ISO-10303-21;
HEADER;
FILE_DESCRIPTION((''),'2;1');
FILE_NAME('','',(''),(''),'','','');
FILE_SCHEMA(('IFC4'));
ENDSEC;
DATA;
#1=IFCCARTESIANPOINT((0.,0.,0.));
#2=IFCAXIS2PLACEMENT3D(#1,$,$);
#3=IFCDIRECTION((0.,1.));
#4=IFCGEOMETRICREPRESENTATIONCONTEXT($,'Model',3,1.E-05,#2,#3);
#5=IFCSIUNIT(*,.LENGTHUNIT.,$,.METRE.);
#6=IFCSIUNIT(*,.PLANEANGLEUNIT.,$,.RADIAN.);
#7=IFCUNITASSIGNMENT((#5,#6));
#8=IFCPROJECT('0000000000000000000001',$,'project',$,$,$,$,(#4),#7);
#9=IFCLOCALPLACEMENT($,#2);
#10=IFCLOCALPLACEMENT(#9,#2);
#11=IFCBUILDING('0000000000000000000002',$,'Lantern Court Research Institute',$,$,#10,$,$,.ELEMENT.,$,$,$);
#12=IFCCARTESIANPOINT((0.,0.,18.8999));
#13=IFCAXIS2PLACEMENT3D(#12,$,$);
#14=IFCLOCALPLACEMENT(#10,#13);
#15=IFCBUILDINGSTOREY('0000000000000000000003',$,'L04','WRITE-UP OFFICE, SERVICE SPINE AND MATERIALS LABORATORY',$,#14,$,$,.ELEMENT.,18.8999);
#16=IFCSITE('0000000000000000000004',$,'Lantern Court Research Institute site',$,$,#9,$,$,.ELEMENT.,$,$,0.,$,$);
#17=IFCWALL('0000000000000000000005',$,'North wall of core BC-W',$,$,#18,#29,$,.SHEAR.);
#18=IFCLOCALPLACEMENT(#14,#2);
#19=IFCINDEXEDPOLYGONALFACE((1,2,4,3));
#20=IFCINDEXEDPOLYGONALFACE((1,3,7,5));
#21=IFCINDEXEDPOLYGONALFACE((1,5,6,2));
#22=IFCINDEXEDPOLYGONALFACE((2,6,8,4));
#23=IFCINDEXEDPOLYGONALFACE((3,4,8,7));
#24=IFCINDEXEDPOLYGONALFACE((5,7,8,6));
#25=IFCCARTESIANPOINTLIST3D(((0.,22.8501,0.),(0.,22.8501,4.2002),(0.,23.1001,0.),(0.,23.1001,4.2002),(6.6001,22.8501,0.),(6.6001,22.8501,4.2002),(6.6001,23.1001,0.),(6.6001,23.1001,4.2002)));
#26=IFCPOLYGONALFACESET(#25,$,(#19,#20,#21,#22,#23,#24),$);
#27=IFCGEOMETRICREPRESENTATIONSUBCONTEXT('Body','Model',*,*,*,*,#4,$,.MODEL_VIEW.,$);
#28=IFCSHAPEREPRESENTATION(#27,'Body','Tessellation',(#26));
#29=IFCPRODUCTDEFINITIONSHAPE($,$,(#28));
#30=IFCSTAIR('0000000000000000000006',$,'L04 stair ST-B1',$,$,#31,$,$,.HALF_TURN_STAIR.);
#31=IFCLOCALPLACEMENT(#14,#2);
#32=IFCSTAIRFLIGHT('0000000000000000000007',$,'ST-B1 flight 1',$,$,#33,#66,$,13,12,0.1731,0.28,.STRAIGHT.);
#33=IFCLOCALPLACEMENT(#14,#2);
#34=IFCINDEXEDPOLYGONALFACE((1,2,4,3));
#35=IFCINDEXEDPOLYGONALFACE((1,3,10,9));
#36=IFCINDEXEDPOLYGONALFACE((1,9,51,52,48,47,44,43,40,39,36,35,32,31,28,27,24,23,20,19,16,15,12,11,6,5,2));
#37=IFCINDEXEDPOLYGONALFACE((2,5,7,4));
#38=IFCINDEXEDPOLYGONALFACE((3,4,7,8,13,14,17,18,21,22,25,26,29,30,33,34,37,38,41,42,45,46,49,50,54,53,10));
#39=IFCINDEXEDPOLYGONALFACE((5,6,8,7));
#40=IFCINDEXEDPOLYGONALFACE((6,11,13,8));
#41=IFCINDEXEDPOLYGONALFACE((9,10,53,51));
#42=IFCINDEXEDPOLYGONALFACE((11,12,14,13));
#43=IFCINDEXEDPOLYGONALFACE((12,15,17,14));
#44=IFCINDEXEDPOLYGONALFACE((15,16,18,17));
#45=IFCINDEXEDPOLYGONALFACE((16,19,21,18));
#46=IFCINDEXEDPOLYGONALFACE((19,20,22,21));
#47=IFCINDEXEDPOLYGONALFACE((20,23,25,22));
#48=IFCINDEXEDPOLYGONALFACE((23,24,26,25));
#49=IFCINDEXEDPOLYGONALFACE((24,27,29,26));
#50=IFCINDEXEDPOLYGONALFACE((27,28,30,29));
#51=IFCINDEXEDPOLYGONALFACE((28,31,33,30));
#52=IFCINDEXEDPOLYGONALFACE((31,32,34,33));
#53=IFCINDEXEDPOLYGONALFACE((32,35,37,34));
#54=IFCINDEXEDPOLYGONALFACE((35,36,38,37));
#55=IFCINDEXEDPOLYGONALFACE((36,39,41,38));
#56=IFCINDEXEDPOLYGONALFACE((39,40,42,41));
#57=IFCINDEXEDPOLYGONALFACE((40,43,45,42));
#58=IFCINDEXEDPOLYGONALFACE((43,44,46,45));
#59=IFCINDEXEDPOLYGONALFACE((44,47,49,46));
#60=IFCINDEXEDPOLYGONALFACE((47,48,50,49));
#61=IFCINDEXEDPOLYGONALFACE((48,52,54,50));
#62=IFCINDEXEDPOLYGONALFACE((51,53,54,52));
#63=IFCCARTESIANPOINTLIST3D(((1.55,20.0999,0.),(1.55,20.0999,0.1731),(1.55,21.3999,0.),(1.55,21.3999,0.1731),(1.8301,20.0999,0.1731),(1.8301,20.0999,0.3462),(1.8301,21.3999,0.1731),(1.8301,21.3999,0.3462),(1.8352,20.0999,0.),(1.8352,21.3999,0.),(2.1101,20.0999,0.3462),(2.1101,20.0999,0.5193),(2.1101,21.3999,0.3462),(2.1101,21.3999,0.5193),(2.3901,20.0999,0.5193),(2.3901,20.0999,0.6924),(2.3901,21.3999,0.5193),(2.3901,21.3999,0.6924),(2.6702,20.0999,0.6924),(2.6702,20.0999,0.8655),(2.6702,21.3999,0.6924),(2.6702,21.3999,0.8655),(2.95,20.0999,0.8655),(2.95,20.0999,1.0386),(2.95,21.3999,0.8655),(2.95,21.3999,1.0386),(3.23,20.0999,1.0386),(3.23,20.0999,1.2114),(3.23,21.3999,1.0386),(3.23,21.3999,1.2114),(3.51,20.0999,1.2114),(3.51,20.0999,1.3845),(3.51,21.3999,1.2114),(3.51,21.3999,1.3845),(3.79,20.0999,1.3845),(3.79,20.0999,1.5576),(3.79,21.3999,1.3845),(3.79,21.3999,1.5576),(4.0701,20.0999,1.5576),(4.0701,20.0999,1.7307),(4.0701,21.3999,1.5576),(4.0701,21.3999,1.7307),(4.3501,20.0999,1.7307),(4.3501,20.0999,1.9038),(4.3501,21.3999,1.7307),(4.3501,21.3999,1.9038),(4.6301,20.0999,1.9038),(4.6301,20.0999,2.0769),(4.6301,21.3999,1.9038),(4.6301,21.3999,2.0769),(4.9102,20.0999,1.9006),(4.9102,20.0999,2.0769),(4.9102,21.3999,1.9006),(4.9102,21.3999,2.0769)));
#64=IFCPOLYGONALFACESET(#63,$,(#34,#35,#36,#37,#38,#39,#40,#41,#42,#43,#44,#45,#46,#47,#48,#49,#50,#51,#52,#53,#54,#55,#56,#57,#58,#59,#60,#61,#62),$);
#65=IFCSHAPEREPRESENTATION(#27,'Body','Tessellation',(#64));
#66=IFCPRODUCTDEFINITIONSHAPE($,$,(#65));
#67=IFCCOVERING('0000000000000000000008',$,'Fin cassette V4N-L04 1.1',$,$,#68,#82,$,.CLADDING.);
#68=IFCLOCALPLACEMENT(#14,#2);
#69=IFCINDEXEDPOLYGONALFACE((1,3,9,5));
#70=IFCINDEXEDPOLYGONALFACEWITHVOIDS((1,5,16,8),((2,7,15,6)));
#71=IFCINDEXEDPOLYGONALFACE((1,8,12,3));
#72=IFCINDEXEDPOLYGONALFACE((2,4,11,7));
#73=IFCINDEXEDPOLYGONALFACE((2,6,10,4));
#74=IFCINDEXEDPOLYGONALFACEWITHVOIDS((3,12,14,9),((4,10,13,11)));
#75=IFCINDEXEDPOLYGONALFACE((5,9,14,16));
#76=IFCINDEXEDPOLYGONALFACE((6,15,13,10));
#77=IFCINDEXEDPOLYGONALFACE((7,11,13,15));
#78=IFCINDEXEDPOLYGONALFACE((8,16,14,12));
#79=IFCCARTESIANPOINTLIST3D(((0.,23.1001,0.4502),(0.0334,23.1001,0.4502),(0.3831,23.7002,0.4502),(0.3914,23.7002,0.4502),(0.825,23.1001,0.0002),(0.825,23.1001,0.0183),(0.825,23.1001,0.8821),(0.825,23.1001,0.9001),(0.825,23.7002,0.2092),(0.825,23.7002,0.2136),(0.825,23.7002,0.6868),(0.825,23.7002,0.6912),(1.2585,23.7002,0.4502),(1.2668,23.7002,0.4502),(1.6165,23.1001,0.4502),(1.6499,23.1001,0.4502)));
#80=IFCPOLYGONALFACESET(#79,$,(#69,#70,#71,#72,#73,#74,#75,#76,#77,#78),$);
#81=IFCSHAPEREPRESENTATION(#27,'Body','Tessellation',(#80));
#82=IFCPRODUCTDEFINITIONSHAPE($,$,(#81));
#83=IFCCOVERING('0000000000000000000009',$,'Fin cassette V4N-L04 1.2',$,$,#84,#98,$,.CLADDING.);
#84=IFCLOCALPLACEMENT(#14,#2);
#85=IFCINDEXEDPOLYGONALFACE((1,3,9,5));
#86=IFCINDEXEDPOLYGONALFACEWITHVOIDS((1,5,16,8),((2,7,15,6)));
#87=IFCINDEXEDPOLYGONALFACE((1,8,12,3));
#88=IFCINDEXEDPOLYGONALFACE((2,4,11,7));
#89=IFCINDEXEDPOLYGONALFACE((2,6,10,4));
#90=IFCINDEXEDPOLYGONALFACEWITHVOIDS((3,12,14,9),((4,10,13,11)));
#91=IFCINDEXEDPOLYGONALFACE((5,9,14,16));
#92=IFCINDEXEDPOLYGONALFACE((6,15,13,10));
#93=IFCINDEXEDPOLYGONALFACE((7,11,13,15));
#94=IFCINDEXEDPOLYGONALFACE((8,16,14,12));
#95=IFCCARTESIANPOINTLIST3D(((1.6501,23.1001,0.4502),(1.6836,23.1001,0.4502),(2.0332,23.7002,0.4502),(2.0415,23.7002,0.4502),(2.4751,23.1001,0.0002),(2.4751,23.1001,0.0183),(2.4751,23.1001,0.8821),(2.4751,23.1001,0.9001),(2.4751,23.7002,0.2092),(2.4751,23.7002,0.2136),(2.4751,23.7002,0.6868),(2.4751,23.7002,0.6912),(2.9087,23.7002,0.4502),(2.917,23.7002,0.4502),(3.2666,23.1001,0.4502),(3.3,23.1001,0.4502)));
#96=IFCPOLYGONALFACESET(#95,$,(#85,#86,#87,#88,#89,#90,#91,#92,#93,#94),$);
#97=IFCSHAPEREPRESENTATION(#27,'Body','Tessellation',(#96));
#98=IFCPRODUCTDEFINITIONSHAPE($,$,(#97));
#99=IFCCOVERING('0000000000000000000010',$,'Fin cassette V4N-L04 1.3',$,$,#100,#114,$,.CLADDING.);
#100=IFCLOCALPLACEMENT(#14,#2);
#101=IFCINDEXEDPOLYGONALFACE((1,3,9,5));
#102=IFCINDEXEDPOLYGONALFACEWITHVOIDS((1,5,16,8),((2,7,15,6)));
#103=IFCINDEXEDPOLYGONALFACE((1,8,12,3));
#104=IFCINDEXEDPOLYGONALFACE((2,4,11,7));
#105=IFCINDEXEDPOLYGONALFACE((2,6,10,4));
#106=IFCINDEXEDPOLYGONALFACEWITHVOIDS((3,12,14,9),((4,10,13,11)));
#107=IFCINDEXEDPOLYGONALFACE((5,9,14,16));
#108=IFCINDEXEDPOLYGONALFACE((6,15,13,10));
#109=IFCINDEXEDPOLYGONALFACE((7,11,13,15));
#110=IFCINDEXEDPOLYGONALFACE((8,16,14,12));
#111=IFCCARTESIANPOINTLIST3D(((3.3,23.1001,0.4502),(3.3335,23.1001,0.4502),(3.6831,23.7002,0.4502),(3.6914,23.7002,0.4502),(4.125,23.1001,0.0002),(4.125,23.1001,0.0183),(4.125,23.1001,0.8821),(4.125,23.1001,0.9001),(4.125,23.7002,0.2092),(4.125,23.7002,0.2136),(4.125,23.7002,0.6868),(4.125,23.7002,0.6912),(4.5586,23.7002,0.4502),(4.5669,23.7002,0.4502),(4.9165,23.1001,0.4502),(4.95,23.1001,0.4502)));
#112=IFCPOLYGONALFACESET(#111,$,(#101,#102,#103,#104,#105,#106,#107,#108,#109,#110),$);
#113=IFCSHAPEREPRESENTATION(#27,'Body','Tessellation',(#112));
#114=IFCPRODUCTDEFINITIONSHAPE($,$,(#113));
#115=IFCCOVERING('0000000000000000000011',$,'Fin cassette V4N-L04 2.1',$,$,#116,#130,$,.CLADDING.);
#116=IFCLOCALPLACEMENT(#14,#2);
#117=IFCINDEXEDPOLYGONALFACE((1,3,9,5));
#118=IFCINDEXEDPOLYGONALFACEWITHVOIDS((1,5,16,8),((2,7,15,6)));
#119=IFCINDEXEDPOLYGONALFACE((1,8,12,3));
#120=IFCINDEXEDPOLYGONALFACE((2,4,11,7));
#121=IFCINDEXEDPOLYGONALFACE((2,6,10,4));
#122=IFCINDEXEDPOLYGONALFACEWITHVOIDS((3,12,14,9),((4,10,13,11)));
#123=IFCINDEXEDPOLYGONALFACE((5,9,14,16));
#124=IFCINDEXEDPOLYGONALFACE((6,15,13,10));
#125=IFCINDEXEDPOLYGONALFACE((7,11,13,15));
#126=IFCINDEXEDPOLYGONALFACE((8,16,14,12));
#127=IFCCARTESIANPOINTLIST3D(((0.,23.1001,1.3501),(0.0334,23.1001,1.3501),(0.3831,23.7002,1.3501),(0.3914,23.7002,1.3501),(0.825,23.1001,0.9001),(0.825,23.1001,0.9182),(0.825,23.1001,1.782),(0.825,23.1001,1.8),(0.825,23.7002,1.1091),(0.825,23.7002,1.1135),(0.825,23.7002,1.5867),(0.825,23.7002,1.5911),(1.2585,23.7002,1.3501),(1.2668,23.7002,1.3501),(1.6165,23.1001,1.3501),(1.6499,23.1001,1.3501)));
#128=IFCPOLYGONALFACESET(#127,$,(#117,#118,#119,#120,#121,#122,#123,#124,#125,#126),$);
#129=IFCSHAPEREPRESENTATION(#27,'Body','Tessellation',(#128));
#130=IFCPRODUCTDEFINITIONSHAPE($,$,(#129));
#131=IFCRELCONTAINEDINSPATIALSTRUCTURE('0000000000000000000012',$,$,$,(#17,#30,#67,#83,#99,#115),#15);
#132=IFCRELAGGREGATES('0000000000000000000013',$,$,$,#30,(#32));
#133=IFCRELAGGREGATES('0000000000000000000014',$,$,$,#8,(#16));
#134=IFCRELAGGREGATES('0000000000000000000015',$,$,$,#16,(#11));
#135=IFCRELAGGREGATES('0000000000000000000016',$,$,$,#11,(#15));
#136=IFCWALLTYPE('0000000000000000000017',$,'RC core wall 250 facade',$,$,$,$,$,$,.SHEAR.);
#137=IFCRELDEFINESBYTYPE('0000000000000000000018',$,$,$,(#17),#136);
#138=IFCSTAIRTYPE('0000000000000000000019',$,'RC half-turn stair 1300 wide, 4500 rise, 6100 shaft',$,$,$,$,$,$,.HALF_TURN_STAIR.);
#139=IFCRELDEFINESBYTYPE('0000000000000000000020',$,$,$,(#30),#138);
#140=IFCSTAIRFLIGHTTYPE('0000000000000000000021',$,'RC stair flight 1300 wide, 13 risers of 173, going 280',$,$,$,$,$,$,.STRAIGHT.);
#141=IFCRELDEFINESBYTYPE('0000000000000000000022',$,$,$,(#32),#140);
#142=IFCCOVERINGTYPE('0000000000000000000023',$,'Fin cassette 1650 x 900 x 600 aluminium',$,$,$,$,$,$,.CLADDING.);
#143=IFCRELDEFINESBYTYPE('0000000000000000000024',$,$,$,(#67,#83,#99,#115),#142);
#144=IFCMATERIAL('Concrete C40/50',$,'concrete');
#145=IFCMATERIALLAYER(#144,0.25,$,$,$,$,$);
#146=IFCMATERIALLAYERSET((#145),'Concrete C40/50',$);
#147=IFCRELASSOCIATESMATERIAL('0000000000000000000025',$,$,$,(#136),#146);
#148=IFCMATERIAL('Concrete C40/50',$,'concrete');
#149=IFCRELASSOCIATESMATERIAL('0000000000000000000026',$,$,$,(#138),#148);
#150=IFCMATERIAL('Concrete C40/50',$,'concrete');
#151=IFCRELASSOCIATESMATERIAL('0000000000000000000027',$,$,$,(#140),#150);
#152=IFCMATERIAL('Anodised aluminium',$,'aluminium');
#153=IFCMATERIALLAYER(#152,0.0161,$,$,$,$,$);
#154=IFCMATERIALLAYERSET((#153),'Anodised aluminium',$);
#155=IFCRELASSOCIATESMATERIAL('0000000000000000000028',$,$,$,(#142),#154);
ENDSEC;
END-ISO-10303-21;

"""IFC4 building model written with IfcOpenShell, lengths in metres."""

from ifc_helpers import new_model, entity, si_unit, direction, frame, frame_2d, origin, place, context, subcontext, project, spatial, polyline, rectangle, outline, extrude, material, layer, layer_set, type_object, element, aggregate, save


model = new_model("IFC4")

# Units and contexts
model_context = context("Model", 3, precision=1e-05, world=origin(), true_north=direction((0.0, 1.0)))
body_context = subcontext(model_context, "Body", "Model", "MODEL_VIEW")
ifc_project = project(units=[si_unit("LENGTHUNIT", "METRE"), si_unit("PLANEANGLEUNIT", "RADIAN")], contexts=[model_context])

# Site, building, storey
site_placement = place(None, origin())
site = spatial("IfcSite", under=ifc_project, at=site_placement, Name="Lantern Court Research Institute site", CompositionType="ELEMENT", RefElevation=0.0)
building_placement = place(site_placement, origin())
building = spatial("IfcBuilding", under=site, at=building_placement, Name="Lantern Court Research Institute", CompositionType="ELEMENT")
storey_placement = place(building_placement, frame((0.0, 0.0, 18.8999)))
storey = spatial("IfcBuildingStorey", under=building, at=storey_placement, Name="L04", Description="WRITE-UP OFFICE, SERVICE SPINE AND MATERIALS LABORATORY", CompositionType="ELEMENT", Elevation=18.8999)

# Wall
ifc_material_1 = material(Name="Concrete C40/50", Category="concrete")
ifc_layer_1 = layer(ifc_material_1, 0.25)
ifc_layer_set_1 = layer_set([ifc_layer_1], Name="Concrete C40/50")
wall_type = type_object("IfcWallType", Name="RC core wall 250 facade", PredefinedType="SHEAR", material=ifc_layer_set_1)
wall_placement = place(storey_placement, frame((0.0, 22.9751, 0.0), z_axis=(0.0, 0.0, 1.0), x_axis=(1.0, 0.0, 0.0)))
element("IfcWall", 1, at=wall_placement, inside=storey, type_object=wall_type, Name="North wall of core BC-W", PredefinedType="SHEAR", context=body_context, shape_type="SweptSolid", body=[
    extrude(rectangle(XDim=6.6001, YDim=0.25, at=frame_2d((3.3, 0.0))), origin(), (0.0, 0.0, 1.0), 4.2002),
])

# Stair, stair flight
ifc_material_2 = material(Name="Concrete C40/50", Category="concrete")
stair_type = type_object("IfcStairType", Name="RC half-turn stair 1300 wide, 4500 rise, 6100 shaft", PredefinedType="HALF_TURN_STAIR", material=ifc_material_2)
stair_placement = place(storey_placement, origin())
stair = element("IfcStair", 2, at=stair_placement, inside=storey, type_object=stair_type, Name="L04 stair ST-B1", PredefinedType="HALF_TURN_STAIR")
ifc_material_3 = material(Name="Concrete C40/50", Category="concrete")
stair_flight_type = type_object("IfcStairFlightType", Name="RC stair flight 1300 wide, 13 risers of 173, going 280", PredefinedType="STRAIGHT", material=ifc_material_3)
stair_flight_placement = place(storey_placement, frame((1.55, 20.75, 0.0), z_axis=(0.0, 0.0, 1.0), x_axis=(1.0, 0.0, 0.0)))
stair_flight = element("IfcStairFlight", 3, at=stair_flight_placement, type_object=stair_flight_type, Name="ST-B1 flight 1", NumberOfRisers=13, NumberOfTreads=12, PredefinedType="STRAIGHT", RiserHeight=0.1731, TreadLength=0.28, context=body_context, shape_type="SweptSolid", body=[
    extrude(outline(polyline([(0.0, 0.0), (0.0, 0.1731), (0.28, 0.1731), (0.28, 0.3462), (0.5601, 0.3462), (0.5601, 0.5193), (0.8401, 0.5193), (0.8401, 0.6924), (1.1201, 0.6924), (1.1201, 0.8655), (1.3999, 0.8655), (1.3999, 1.0386), (1.6799, 1.0386), (1.6799, 1.2114), (1.96, 1.2114), (1.96, 1.3845), (2.24, 1.3845), (2.24, 1.5576), (2.52, 1.5576), (2.52, 1.7307), (2.8, 1.7307), (2.8, 1.9038), (3.0801, 1.9038), (3.0801, 2.0769), (3.3601, 2.0769), (3.3601, 2.25), (3.3601, 1.9006), (0.2852, 0.0), (0.0, 0.0)])), frame((0.0, 0.6499, 0.0), z_axis=(0.0, -1.0, 0.0), x_axis=(1.0, 0.0, 0.0)), (0.0, 0.0, 1.0), 1.3),
])
aggregate(stair, [stair_flight])

# Coverings
ifc_material_4 = material(Name="Anodised aluminium", Category="aluminium")
ifc_layer_2 = layer(ifc_material_4, 0.0161)
ifc_layer_set_2 = layer_set([ifc_layer_2], Name="Anodised aluminium")
covering_type = type_object("IfcCoveringType", Name="Fin cassette 1650 x 900 x 600 aluminium", PredefinedType="CLADDING", material=ifc_layer_set_2)
covering_1_placement = place(storey_placement, frame((0.825, 23.1001, 0.4502), z_axis=(0.0, 1.0, 0.0), x_axis=(-1.0, 0.0, 0.0)))
cartesian_point_1 = entity("IfcCartesianPoint", [0.825, 0.0])
cartesian_point_2 = entity("IfcCartesianPoint", [0.7915, 0.0])
cartesian_point_3 = entity("IfcCartesianPoint", [0.4419, 0.0])
cartesian_point_4 = entity("IfcCartesianPoint", [0.4336, 0.0])
element("IfcCovering", 4, at=covering_1_placement, inside=storey, type_object=covering_type, Name="Fin cassette V4N-L04 1.1", PredefinedType="CLADDING", context=body_context, shape_type="SweptSolid", body=[
    entity("IfcExtrudedAreaSolidTapered", entity("IfcArbitraryProfileDefWithVoids", "AREA", None, entity("IfcPolyline", [cartesian_point_1, entity("IfcCartesianPoint", [0.0, 0.45]), entity("IfcCartesianPoint", [-0.825, 0.0]), entity("IfcCartesianPoint", [0.0, -0.45]), cartesian_point_1]), [entity("IfcPolyline", [cartesian_point_2, entity("IfcCartesianPoint", [0.0, 0.4319]), entity("IfcCartesianPoint", [-0.7915, 0.0]), entity("IfcCartesianPoint", [0.0, -0.4319]), cartesian_point_2])]), entity("IfcAxis2Placement3D", entity("IfcCartesianPoint", [0.0, 0.0, 0.0])), entity("IfcDirection", [0.0, 0.0, 1.0]), 0.6001, entity("IfcArbitraryProfileDefWithVoids", "AREA", None, entity("IfcPolyline", [cartesian_point_3, entity("IfcCartesianPoint", [0.0, 0.241]), entity("IfcCartesianPoint", [-0.4419, 0.0]), entity("IfcCartesianPoint", [0.0, -0.241]), cartesian_point_3]), [entity("IfcPolyline", [cartesian_point_4, entity("IfcCartesianPoint", [0.0, 0.2366]), entity("IfcCartesianPoint", [-0.4336, 0.0]), entity("IfcCartesianPoint", [0.0, -0.2366]), cartesian_point_4])])),
])
covering_2_placement = place(storey_placement, frame((2.4751, 23.1001, 0.4502), z_axis=(0.0, 1.0, 0.0), x_axis=(-1.0, 0.0, 0.0)))
cartesian_point_5 = entity("IfcCartesianPoint", [0.825, 0.0])
cartesian_point_6 = entity("IfcCartesianPoint", [0.7915, 0.0])
cartesian_point_7 = entity("IfcCartesianPoint", [0.4419, 0.0])
cartesian_point_8 = entity("IfcCartesianPoint", [0.4336, 0.0])
element("IfcCovering", 5, at=covering_2_placement, inside=storey, type_object=covering_type, Name="Fin cassette V4N-L04 1.2", PredefinedType="CLADDING", context=body_context, shape_type="SweptSolid", body=[
    entity("IfcExtrudedAreaSolidTapered", entity("IfcArbitraryProfileDefWithVoids", "AREA", None, entity("IfcPolyline", [cartesian_point_5, entity("IfcCartesianPoint", [0.0, 0.45]), entity("IfcCartesianPoint", [-0.825, 0.0]), entity("IfcCartesianPoint", [0.0, -0.45]), cartesian_point_5]), [entity("IfcPolyline", [cartesian_point_6, entity("IfcCartesianPoint", [0.0, 0.4319]), entity("IfcCartesianPoint", [-0.7915, 0.0]), entity("IfcCartesianPoint", [0.0, -0.4319]), cartesian_point_6])]), entity("IfcAxis2Placement3D", entity("IfcCartesianPoint", [0.0, 0.0, 0.0])), entity("IfcDirection", [0.0, 0.0, 1.0]), 0.6001, entity("IfcArbitraryProfileDefWithVoids", "AREA", None, entity("IfcPolyline", [cartesian_point_7, entity("IfcCartesianPoint", [0.0, 0.241]), entity("IfcCartesianPoint", [-0.4419, 0.0]), entity("IfcCartesianPoint", [0.0, -0.241]), cartesian_point_7]), [entity("IfcPolyline", [cartesian_point_8, entity("IfcCartesianPoint", [0.0, 0.2366]), entity("IfcCartesianPoint", [-0.4336, 0.0]), entity("IfcCartesianPoint", [0.0, -0.2366]), cartesian_point_8])])),
])
covering_3_placement = place(storey_placement, frame((4.125, 23.1001, 0.4502), z_axis=(0.0, 1.0, 0.0), x_axis=(-1.0, 0.0, 0.0)))
cartesian_point_9 = entity("IfcCartesianPoint", [0.825, 0.0])
cartesian_point_10 = entity("IfcCartesianPoint", [0.7915, 0.0])
cartesian_point_11 = entity("IfcCartesianPoint", [0.4419, 0.0])
cartesian_point_12 = entity("IfcCartesianPoint", [0.4336, 0.0])
element("IfcCovering", 6, at=covering_3_placement, inside=storey, type_object=covering_type, Name="Fin cassette V4N-L04 1.3", PredefinedType="CLADDING", context=body_context, shape_type="SweptSolid", body=[
    entity("IfcExtrudedAreaSolidTapered", entity("IfcArbitraryProfileDefWithVoids", "AREA", None, entity("IfcPolyline", [cartesian_point_9, entity("IfcCartesianPoint", [0.0, 0.45]), entity("IfcCartesianPoint", [-0.825, 0.0]), entity("IfcCartesianPoint", [0.0, -0.45]), cartesian_point_9]), [entity("IfcPolyline", [cartesian_point_10, entity("IfcCartesianPoint", [0.0, 0.4319]), entity("IfcCartesianPoint", [-0.7915, 0.0]), entity("IfcCartesianPoint", [0.0, -0.4319]), cartesian_point_10])]), entity("IfcAxis2Placement3D", entity("IfcCartesianPoint", [0.0, 0.0, 0.0])), entity("IfcDirection", [0.0, 0.0, 1.0]), 0.6001, entity("IfcArbitraryProfileDefWithVoids", "AREA", None, entity("IfcPolyline", [cartesian_point_11, entity("IfcCartesianPoint", [0.0, 0.241]), entity("IfcCartesianPoint", [-0.4419, 0.0]), entity("IfcCartesianPoint", [0.0, -0.241]), cartesian_point_11]), [entity("IfcPolyline", [cartesian_point_12, entity("IfcCartesianPoint", [0.0, 0.2366]), entity("IfcCartesianPoint", [-0.4336, 0.0]), entity("IfcCartesianPoint", [0.0, -0.2366]), cartesian_point_12])])),
])
covering_4_placement = place(storey_placement, frame((0.825, 23.1001, 1.3501), z_axis=(0.0, 1.0, 0.0), x_axis=(-1.0, 0.0, 0.0)))
cartesian_point_13 = entity("IfcCartesianPoint", [0.825, 0.0])
cartesian_point_14 = entity("IfcCartesianPoint", [0.7915, 0.0])
cartesian_point_15 = entity("IfcCartesianPoint", [0.4419, 0.0])
cartesian_point_16 = entity("IfcCartesianPoint", [0.4336, 0.0])
element("IfcCovering", 7, at=covering_4_placement, inside=storey, type_object=covering_type, Name="Fin cassette V4N-L04 2.1", PredefinedType="CLADDING", context=body_context, shape_type="SweptSolid", body=[
    entity("IfcExtrudedAreaSolidTapered", entity("IfcArbitraryProfileDefWithVoids", "AREA", None, entity("IfcPolyline", [cartesian_point_13, entity("IfcCartesianPoint", [0.0, 0.45]), entity("IfcCartesianPoint", [-0.825, 0.0]), entity("IfcCartesianPoint", [0.0, -0.45]), cartesian_point_13]), [entity("IfcPolyline", [cartesian_point_14, entity("IfcCartesianPoint", [0.0, 0.4319]), entity("IfcCartesianPoint", [-0.7915, 0.0]), entity("IfcCartesianPoint", [0.0, -0.4319]), cartesian_point_14])]), entity("IfcAxis2Placement3D", entity("IfcCartesianPoint", [0.0, 0.0, 0.0])), entity("IfcDirection", [0.0, 0.0, 1.0]), 0.6001, entity("IfcArbitraryProfileDefWithVoids", "AREA", None, entity("IfcPolyline", [cartesian_point_15, entity("IfcCartesianPoint", [0.0, 0.241]), entity("IfcCartesianPoint", [-0.4419, 0.0]), entity("IfcCartesianPoint", [0.0, -0.241]), cartesian_point_15]), [entity("IfcPolyline", [cartesian_point_16, entity("IfcCartesianPoint", [0.0, 0.2366]), entity("IfcCartesianPoint", [-0.4336, 0.0]), entity("IfcCartesianPoint", [0.0, -0.2366]), cartesian_point_16])])),
])

save(model, "model.ifc")
